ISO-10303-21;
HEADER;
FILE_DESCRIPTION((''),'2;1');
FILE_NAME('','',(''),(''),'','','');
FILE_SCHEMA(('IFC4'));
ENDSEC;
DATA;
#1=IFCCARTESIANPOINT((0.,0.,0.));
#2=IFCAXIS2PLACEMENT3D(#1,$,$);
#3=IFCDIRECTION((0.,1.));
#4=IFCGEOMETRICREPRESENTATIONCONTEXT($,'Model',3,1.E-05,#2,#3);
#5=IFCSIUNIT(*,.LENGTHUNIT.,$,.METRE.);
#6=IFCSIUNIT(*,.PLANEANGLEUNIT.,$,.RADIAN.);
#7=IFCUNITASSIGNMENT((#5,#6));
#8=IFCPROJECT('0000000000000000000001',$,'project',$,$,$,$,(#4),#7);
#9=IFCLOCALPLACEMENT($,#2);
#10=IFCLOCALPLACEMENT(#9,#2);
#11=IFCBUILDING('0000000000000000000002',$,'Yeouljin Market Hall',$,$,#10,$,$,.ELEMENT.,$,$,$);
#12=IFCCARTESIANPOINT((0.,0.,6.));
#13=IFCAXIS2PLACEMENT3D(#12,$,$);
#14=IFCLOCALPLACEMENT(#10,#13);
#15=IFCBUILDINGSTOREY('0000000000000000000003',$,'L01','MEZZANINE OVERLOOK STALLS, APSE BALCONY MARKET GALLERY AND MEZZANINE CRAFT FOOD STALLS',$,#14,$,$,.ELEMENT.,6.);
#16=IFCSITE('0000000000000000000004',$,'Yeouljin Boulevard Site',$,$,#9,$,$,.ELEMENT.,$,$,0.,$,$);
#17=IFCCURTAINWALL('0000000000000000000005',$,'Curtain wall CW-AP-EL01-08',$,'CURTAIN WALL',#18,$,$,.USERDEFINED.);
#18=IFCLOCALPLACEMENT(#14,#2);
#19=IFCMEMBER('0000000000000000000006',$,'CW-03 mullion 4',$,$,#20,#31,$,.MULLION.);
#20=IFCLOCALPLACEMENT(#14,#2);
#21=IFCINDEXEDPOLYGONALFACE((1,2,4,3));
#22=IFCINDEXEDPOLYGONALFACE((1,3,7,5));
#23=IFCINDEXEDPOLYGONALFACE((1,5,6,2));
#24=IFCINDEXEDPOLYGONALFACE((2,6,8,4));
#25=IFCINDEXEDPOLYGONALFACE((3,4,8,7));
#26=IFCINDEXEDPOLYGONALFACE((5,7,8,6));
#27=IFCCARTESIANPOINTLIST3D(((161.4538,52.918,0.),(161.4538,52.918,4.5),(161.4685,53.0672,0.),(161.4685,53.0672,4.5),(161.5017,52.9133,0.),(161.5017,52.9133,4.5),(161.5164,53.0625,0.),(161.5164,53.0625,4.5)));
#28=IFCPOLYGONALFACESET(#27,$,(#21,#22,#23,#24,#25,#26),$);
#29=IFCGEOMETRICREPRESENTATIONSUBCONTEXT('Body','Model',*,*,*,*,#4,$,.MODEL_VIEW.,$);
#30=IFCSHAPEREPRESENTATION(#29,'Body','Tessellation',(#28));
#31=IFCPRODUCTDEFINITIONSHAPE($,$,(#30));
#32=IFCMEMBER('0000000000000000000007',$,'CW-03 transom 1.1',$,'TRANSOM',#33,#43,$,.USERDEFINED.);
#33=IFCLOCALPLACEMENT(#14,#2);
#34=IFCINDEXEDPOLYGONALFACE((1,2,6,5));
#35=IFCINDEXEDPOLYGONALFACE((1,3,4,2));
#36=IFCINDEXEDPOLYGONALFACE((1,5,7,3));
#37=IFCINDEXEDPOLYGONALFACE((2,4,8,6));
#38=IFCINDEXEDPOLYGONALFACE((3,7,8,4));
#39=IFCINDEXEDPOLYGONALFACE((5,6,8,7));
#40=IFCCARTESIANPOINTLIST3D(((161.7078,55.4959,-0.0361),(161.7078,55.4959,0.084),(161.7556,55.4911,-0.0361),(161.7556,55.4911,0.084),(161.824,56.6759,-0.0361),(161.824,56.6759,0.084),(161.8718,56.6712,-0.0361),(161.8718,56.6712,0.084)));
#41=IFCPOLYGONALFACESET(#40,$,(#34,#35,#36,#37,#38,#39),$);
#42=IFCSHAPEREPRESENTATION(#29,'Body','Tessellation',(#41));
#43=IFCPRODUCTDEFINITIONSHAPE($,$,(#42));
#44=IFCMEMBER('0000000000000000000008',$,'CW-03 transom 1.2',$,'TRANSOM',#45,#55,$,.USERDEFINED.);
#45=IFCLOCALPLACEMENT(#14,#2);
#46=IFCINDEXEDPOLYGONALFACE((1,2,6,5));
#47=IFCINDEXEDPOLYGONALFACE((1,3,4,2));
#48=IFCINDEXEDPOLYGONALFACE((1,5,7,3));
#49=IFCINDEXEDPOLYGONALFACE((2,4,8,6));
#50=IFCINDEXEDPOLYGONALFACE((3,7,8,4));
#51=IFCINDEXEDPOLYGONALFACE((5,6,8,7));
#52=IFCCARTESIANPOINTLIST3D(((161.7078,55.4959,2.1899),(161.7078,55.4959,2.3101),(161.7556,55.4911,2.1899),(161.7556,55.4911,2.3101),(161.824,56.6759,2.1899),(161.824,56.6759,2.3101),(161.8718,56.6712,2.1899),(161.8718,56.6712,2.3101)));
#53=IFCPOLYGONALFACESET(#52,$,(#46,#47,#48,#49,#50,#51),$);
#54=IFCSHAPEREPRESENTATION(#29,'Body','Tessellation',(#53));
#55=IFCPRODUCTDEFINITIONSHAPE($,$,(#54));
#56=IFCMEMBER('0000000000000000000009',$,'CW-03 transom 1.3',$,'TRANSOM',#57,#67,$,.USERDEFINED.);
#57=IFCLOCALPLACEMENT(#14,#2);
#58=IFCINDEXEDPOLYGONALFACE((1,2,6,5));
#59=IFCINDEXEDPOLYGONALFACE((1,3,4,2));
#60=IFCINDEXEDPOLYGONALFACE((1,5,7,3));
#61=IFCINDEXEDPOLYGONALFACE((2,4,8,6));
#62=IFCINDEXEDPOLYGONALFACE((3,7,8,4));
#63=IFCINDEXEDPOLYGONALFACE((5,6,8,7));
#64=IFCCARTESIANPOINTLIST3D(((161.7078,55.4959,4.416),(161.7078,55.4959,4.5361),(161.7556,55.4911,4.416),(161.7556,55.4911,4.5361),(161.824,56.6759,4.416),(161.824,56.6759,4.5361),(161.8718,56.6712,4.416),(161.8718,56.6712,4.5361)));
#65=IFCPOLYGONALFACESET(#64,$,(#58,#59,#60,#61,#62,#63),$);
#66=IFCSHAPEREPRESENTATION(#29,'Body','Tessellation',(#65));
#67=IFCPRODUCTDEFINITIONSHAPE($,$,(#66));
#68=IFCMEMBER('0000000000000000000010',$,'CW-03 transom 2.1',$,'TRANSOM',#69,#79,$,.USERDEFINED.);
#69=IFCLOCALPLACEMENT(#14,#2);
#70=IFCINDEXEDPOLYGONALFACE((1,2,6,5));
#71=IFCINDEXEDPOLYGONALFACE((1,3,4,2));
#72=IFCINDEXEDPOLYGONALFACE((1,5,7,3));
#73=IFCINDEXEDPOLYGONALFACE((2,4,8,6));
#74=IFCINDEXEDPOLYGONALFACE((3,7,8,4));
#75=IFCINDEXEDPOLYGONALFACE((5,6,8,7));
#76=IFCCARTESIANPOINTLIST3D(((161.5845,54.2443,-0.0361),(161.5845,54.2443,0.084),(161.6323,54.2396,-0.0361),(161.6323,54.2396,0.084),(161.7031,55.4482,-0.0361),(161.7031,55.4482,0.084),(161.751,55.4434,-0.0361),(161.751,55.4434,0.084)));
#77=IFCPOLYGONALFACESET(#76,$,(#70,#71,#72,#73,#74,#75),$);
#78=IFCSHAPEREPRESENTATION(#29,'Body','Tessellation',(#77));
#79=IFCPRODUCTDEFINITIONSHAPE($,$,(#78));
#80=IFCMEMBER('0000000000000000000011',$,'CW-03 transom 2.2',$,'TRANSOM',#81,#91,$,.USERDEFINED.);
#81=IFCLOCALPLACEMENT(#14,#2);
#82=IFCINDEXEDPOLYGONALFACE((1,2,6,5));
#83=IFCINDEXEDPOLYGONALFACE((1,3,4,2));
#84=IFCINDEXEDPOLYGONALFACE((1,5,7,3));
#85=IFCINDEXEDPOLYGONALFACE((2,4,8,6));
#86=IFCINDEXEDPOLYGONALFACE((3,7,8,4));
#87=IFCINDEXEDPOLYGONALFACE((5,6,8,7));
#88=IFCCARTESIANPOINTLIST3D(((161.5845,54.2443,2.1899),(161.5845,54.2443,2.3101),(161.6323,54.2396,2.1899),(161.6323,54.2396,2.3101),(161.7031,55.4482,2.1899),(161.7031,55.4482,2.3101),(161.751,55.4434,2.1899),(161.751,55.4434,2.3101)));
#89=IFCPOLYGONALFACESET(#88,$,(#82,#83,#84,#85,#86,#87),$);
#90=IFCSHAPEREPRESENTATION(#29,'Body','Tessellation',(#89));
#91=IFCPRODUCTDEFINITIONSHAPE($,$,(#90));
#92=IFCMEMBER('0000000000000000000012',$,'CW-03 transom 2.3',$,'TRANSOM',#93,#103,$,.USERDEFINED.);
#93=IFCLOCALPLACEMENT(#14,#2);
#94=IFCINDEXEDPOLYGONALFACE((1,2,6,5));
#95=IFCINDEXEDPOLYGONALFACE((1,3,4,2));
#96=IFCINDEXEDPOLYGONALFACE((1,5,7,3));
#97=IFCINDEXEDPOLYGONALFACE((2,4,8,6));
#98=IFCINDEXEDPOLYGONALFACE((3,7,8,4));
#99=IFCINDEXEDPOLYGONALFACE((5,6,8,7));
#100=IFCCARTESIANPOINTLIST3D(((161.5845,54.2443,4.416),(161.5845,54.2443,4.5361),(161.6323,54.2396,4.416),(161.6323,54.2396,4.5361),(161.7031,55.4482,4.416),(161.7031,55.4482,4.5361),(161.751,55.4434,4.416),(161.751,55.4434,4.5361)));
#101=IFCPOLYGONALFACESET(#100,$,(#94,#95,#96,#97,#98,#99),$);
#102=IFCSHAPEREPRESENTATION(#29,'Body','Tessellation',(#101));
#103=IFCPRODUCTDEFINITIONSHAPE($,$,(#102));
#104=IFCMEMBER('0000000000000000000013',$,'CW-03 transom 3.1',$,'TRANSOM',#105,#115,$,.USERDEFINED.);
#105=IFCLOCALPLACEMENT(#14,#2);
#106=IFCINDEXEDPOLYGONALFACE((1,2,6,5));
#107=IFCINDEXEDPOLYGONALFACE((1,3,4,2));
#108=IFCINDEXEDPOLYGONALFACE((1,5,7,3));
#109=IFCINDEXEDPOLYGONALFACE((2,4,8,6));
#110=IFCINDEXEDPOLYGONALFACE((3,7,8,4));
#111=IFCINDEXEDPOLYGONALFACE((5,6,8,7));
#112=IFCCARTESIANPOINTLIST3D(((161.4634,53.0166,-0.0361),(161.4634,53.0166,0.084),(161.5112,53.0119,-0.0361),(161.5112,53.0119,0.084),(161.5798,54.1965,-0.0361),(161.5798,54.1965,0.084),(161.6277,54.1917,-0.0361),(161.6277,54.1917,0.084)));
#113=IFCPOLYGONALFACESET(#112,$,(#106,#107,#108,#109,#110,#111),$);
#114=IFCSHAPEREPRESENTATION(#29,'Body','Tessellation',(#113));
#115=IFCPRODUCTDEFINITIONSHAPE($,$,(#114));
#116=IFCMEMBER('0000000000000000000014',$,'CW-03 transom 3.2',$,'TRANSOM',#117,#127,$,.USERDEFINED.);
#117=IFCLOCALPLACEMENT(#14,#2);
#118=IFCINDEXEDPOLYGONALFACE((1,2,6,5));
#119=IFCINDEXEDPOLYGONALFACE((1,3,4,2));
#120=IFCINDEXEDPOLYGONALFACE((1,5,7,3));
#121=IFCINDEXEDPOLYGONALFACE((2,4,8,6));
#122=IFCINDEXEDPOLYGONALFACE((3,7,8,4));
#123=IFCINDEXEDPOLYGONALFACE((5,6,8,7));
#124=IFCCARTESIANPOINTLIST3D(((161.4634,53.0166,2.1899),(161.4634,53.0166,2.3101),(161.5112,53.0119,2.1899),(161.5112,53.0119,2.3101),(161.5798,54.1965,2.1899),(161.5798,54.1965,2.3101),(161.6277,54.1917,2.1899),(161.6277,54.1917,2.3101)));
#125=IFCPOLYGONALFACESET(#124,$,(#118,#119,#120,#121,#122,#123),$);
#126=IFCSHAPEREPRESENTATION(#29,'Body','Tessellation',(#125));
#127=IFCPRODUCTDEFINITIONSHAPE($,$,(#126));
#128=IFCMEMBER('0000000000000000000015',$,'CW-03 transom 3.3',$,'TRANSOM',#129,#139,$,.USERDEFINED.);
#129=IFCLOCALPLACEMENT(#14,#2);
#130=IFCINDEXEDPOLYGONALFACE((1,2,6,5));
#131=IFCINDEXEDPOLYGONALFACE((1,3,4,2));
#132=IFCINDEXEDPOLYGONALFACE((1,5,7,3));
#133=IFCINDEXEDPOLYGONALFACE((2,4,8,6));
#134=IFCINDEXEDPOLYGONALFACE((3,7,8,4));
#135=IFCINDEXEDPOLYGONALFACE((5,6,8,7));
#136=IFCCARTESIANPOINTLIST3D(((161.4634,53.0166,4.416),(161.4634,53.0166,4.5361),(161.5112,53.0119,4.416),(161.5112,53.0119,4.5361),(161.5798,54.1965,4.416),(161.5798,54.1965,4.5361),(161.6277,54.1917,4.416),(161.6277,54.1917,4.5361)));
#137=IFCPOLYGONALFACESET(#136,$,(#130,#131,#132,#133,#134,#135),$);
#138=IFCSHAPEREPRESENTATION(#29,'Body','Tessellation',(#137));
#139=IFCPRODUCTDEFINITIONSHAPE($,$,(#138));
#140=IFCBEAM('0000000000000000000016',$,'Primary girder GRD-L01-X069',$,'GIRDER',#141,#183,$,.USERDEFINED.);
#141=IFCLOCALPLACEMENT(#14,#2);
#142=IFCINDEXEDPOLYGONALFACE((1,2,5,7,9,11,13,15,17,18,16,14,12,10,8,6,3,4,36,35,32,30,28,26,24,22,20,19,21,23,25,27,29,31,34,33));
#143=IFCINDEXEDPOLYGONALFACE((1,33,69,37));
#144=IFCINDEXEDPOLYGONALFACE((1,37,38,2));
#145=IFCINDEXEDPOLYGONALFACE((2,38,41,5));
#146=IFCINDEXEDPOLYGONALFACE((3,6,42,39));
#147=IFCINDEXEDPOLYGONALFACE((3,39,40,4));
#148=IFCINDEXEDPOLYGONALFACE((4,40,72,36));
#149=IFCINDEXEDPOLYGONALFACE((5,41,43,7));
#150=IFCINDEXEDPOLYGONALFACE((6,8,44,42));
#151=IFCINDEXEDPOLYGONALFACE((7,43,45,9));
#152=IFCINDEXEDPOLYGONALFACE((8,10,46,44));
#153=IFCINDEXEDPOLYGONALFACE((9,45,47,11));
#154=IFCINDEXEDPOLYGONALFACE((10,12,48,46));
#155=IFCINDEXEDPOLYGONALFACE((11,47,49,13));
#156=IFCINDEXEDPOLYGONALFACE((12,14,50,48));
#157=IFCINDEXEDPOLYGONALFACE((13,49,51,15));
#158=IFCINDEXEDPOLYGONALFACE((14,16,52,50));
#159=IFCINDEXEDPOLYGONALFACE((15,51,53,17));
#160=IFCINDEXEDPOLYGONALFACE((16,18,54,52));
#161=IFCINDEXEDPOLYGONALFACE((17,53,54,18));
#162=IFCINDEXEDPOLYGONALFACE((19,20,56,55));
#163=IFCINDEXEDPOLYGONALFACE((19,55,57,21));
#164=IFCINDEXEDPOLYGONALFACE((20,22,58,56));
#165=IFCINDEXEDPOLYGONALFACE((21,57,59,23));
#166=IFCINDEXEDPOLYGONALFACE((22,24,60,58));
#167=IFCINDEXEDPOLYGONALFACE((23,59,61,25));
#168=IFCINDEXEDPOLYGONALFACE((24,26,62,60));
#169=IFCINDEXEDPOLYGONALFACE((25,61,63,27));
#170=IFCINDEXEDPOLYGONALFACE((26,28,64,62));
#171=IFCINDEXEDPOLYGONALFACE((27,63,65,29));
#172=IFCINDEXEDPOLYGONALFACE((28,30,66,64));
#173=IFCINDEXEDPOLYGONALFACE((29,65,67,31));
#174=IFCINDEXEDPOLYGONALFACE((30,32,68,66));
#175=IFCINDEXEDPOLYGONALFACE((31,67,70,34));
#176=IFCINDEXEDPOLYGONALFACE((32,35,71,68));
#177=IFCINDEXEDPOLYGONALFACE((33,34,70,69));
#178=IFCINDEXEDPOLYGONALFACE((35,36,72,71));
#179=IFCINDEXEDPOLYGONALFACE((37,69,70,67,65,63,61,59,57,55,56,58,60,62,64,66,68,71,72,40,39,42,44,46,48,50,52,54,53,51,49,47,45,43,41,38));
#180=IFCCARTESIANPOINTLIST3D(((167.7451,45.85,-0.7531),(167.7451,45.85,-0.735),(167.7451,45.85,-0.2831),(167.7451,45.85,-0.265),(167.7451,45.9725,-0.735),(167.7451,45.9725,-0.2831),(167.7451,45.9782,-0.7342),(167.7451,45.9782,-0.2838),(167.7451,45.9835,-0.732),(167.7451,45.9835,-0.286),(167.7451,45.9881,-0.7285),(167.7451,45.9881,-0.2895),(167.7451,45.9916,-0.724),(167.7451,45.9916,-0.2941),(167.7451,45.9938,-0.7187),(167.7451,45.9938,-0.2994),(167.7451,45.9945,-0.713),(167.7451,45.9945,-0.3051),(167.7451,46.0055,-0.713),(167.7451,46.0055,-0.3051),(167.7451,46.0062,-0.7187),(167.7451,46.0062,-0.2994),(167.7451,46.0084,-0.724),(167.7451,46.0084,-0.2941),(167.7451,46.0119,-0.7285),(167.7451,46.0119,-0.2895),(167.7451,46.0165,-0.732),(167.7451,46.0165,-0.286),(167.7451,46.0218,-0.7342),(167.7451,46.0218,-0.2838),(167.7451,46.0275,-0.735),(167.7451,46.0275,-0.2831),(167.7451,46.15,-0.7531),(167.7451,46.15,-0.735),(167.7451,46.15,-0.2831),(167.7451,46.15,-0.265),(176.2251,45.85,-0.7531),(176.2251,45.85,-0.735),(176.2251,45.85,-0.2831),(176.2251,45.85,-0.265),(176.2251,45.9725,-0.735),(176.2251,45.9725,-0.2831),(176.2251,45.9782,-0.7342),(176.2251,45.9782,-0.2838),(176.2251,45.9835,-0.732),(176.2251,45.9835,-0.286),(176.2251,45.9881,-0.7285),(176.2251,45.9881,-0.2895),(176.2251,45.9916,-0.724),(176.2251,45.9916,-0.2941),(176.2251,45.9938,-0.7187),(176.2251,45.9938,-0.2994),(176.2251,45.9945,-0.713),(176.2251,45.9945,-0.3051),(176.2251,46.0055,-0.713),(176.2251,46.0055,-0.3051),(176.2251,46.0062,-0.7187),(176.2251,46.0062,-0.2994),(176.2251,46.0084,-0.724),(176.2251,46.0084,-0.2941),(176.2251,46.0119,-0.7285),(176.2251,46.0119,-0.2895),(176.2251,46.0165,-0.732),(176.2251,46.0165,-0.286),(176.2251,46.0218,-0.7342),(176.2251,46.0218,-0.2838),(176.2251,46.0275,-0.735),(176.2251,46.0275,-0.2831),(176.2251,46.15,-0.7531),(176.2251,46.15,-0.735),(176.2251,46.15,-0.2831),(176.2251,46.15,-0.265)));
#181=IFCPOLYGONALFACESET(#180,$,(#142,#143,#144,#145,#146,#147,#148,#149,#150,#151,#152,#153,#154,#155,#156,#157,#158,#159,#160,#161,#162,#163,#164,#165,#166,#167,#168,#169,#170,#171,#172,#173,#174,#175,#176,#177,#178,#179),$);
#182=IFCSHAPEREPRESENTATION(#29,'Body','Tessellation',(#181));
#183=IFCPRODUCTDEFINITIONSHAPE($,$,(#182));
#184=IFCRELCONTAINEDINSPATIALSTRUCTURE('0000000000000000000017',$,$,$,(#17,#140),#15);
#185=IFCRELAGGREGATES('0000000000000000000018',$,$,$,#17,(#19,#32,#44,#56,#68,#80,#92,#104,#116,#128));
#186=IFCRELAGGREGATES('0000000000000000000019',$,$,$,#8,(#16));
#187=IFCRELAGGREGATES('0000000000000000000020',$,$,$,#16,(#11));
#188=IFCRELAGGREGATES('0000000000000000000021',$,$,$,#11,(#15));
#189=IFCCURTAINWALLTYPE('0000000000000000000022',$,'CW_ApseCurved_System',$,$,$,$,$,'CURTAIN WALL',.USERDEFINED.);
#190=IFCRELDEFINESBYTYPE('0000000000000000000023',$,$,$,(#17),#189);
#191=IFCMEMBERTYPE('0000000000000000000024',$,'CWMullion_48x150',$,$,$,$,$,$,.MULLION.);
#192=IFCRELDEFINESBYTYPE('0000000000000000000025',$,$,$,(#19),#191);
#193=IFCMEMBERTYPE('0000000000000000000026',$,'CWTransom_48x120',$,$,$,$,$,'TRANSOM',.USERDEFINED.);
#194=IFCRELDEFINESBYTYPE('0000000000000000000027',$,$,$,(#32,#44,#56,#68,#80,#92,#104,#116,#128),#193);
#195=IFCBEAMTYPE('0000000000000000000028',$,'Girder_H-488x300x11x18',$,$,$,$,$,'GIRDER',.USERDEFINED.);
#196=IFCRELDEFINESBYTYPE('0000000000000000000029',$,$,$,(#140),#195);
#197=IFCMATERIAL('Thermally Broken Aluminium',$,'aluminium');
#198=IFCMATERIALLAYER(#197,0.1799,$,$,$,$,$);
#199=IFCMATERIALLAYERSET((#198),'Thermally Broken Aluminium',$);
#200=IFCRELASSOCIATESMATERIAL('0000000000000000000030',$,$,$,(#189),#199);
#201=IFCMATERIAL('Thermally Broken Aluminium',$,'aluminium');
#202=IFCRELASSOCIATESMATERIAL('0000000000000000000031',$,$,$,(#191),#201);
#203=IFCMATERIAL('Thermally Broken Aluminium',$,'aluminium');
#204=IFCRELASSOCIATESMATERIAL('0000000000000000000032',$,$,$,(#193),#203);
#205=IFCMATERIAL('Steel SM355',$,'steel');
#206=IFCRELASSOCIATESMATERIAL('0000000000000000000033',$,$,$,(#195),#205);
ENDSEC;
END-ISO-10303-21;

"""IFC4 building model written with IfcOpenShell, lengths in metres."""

from ifc_helpers import new_model, si_unit, direction, frame, origin, origin_2d, place, context, subcontext, project, spatial, rectangle, i_section, extrude, material, layer, layer_set, material_profile, profile_set, type_object, element, aggregate, save


model = new_model("IFC4")

# Units and contexts
model_context = context("Model", 3, precision=1e-05, world=origin(), true_north=direction((0.0, 1.0)))
body_context = subcontext(model_context, "Body", "Model", "MODEL_VIEW")
ifc_project = project(units=[si_unit("LENGTHUNIT", "METRE"), si_unit("PLANEANGLEUNIT", "RADIAN")], contexts=[model_context])

# Site, building, storey
site_placement = place(None, origin())
site = spatial("IfcSite", under=ifc_project, at=site_placement, Name="Yeouljin Boulevard Site", CompositionType="ELEMENT", RefElevation=0.0)
building_placement = place(site_placement, origin())
building = spatial("IfcBuilding", under=site, at=building_placement, Name="Yeouljin Market Hall", CompositionType="ELEMENT")
storey_placement = place(building_placement, frame((0.0, 0.0, 6.0)))
storey = spatial("IfcBuildingStorey", under=building, at=storey_placement, Name="L01", Description="MEZZANINE OVERLOOK STALLS, APSE BALCONY MARKET GALLERY AND MEZZANINE CRAFT FOOD STALLS", CompositionType="ELEMENT", Elevation=6.0)

# Curtain wall, members
ifc_material_1 = material(Name="Thermally Broken Aluminium", Category="aluminium")
ifc_layer_1 = layer(ifc_material_1, 0.1799)
ifc_layer_set_1 = layer_set([ifc_layer_1], Name="Thermally Broken Aluminium")
curtain_wall_type = type_object("IfcCurtainWallType", Name="CW_ApseCurved_System", ElementType="CURTAIN WALL", PredefinedType="USERDEFINED", material=ifc_layer_set_1)
curtain_wall_placement = place(storey_placement, origin())
curtain_wall = element("IfcCurtainWall", 1, at=curtain_wall_placement, inside=storey, type_object=curtain_wall_type, Name="Curtain wall CW-AP-EL01-08", ObjectType="CURTAIN WALL", PredefinedType="USERDEFINED")
ifc_material_2 = material(Name="Thermally Broken Aluminium", Category="aluminium")
ifc_material_profile_1 = material_profile(ifc_material_2, rectangle(XDim=0.0481, YDim=0.1499, at=origin_2d()), Name="CW-MULL-48x150")
ifc_profile_set_1 = profile_set([ifc_material_profile_1], Name="Thermally Broken Aluminium")
member_type_1 = type_object("IfcMemberType", Name="CWMullion_48x150", PredefinedType="MULLION", material=ifc_profile_set_1)
member_1_placement = place(storey_placement, frame((161.4851, 52.9902, 0.0), z_axis=(0.0, 0.0, 1.0), x_axis=(0.995183, -0.098034, 0.0)))
member_1 = element("IfcMember", 2, at=member_1_placement, type_object=member_type_1, Name="CW-03 mullion 4", PredefinedType="MULLION", context=body_context, shape_type="SweptSolid", body=[
    extrude(rectangle(XDim=0.0481, YDim=0.1499, at=origin_2d()), origin(), (0.0, 0.0, 1.0), 4.5),
])
ifc_material_3 = material(Name="Thermally Broken Aluminium", Category="aluminium")
ifc_material_profile_2 = material_profile(ifc_material_3, rectangle(XDim=0.0481, YDim=0.1201, at=origin_2d()), Name="CW-TRAN-48x120")
ifc_profile_set_2 = profile_set([ifc_material_profile_2], Name="Thermally Broken Aluminium")
member_type_2 = type_object("IfcMemberType", Name="CWTransom_48x120", ElementType="TRANSOM", PredefinedType="USERDEFINED", material=ifc_profile_set_2)
member_2_placement = place(storey_placement, frame((161.8479, 56.6736, 0.0239), z_axis=(-0.097995, -0.995187, 0.0), x_axis=(0.995187, -0.097995, 0.0)))
member_2 = element("IfcMember", 3, at=member_2_placement, type_object=member_type_2, Name="CW-03 transom 1.1", ObjectType="TRANSOM", PredefinedType="USERDEFINED", context=body_context, shape_type="SweptSolid", body=[
    extrude(rectangle(XDim=0.0481, YDim=0.1201, at=origin_2d()), origin(), (0.0, 0.0, 1.0), 1.1858),
])
member_3_placement = place(storey_placement, frame((161.8479, 56.6736, 2.25), z_axis=(-0.097995, -0.995187, 0.0), x_axis=(0.995187, -0.097995, 0.0)))
member_3 = element("IfcMember", 4, at=member_3_placement, type_object=member_type_2, Name="CW-03 transom 1.2", ObjectType="TRANSOM", PredefinedType="USERDEFINED", context=body_context, shape_type="SweptSolid", body=[
    extrude(rectangle(XDim=0.0481, YDim=0.1201, at=origin_2d()), origin(), (0.0, 0.0, 1.0), 1.1858),
])
member_4_placement = place(storey_placement, frame((161.8479, 56.6736, 4.4761), z_axis=(-0.097995, -0.995187, 0.0), x_axis=(0.995187, -0.097995, 0.0)))
member_4 = element("IfcMember", 5, at=member_4_placement, type_object=member_type_2, Name="CW-03 transom 1.3", ObjectType="TRANSOM", PredefinedType="USERDEFINED", context=body_context, shape_type="SweptSolid", body=[
    extrude(rectangle(XDim=0.0481, YDim=0.1201, at=origin_2d()), origin(), (0.0, 0.0, 1.0), 1.1858),
])
member_5_placement = place(storey_placement, frame((161.7271, 55.4458, 0.0239), z_axis=(-0.098085, -0.995178, 0.0), x_axis=(0.995178, -0.098085, 0.0)))
member_5 = element("IfcMember", 6, at=member_5_placement, type_object=member_type_2, Name="CW-03 transom 2.1", ObjectType="TRANSOM", PredefinedType="USERDEFINED", context=body_context, shape_type="SweptSolid", body=[
    extrude(rectangle(XDim=0.0481, YDim=0.1201, at=origin_2d()), origin(), (0.0, 0.0, 1.0), 1.2097),
])
member_6_placement = place(storey_placement, frame((161.7271, 55.4458, 2.25), z_axis=(-0.098085, -0.995178, 0.0), x_axis=(0.995178, -0.098085, 0.0)))
member_6 = element("IfcMember", 7, at=member_6_placement, type_object=member_type_2, Name="CW-03 transom 2.2", ObjectType="TRANSOM", PredefinedType="USERDEFINED", context=body_context, shape_type="SweptSolid", body=[
    extrude(rectangle(XDim=0.0481, YDim=0.1201, at=origin_2d()), origin(), (0.0, 0.0, 1.0), 1.2097),
])
member_7_placement = place(storey_placement, frame((161.7271, 55.4458, 4.4761), z_axis=(-0.098085, -0.995178, 0.0), x_axis=(0.995178, -0.098085, 0.0)))
member_7 = element("IfcMember", 8, at=member_7_placement, type_object=member_type_2, Name="CW-03 transom 2.3", ObjectType="TRANSOM", PredefinedType="USERDEFINED", context=body_context, shape_type="SweptSolid", body=[
    extrude(rectangle(XDim=0.0481, YDim=0.1201, at=origin_2d()), origin(), (0.0, 0.0, 1.0), 1.2097),
])
member_8_placement = place(storey_placement, frame((161.6038, 54.1941, 0.0239), z_axis=(-0.098219, -0.995165, 0.0), x_axis=(0.995165, -0.098219, 0.0)))
member_8 = element("IfcMember", 9, at=member_8_placement, type_object=member_type_2, Name="CW-03 transom 3.1", ObjectType="TRANSOM", PredefinedType="USERDEFINED", context=body_context, shape_type="SweptSolid", body=[
    extrude(rectangle(XDim=0.0481, YDim=0.1201, at=origin_2d()), origin(), (0.0, 0.0, 1.0), 1.1855),
])
member_9_placement = place(storey_placement, frame((161.6038, 54.1941, 2.25), z_axis=(-0.098219, -0.995165, 0.0), x_axis=(0.995165, -0.098219, 0.0)))
member_9 = element("IfcMember", 10, at=member_9_placement, type_object=member_type_2, Name="CW-03 transom 3.2", ObjectType="TRANSOM", PredefinedType="USERDEFINED", context=body_context, shape_type="SweptSolid", body=[
    extrude(rectangle(XDim=0.0481, YDim=0.1201, at=origin_2d()), origin(), (0.0, 0.0, 1.0), 1.1855),
])
member_10_placement = place(storey_placement, frame((161.6038, 54.1941, 4.4761), z_axis=(-0.098219, -0.995165, 0.0), x_axis=(0.995165, -0.098219, 0.0)))
member_10 = element("IfcMember", 11, at=member_10_placement, type_object=member_type_2, Name="CW-03 transom 3.3", ObjectType="TRANSOM", PredefinedType="USERDEFINED", context=body_context, shape_type="SweptSolid", body=[
    extrude(rectangle(XDim=0.0481, YDim=0.1201, at=origin_2d()), origin(), (0.0, 0.0, 1.0), 1.1855),
])

# Beam
ifc_material_4 = material(Name="Steel SM355", Category="steel")
ifc_material_profile_3 = material_profile(ifc_material_4, i_section(OverallWidth=0.3, OverallDepth=0.488, WebThickness=0.011, FlangeThickness=0.0181, FilletRadius=0.022, at=origin_2d()), Name="H-488x300x11x18")
ifc_profile_set_3 = profile_set([ifc_material_profile_3], Name="Steel SM355")
beam_type_1 = type_object("IfcBeamType", Name="Girder_H-488x300x11x18", ElementType="GIRDER", PredefinedType="USERDEFINED", material=ifc_profile_set_3)
for number, where, z_axis, x_axis, name in (
    (12, (167.7451, 46.0, -0.509), (1.0, 0.0, 0.0), (0.0, 1.0, 0.0), "Primary girder GRD-L01-X069"),
):
    element("IfcBeam", number, at=place(storey_placement, frame(where, z_axis=z_axis, x_axis=x_axis)), inside=storey, type_object=beam_type_1, Name=name, ObjectType="GIRDER", PredefinedType="USERDEFINED", context=body_context, shape_type="SweptSolid", body=[
        extrude(i_section(OverallWidth=0.3, OverallDepth=0.488, WebThickness=0.011, FlangeThickness=0.0181, FilletRadius=0.022, at=origin_2d()), origin(), (0.0, 0.0, 1.0), 8.48),
    ])

aggregate(curtain_wall, [member_1, member_2, member_3, member_4, member_5, member_6, member_7, member_8, member_9, member_10])

save(model, "model.ifc")
